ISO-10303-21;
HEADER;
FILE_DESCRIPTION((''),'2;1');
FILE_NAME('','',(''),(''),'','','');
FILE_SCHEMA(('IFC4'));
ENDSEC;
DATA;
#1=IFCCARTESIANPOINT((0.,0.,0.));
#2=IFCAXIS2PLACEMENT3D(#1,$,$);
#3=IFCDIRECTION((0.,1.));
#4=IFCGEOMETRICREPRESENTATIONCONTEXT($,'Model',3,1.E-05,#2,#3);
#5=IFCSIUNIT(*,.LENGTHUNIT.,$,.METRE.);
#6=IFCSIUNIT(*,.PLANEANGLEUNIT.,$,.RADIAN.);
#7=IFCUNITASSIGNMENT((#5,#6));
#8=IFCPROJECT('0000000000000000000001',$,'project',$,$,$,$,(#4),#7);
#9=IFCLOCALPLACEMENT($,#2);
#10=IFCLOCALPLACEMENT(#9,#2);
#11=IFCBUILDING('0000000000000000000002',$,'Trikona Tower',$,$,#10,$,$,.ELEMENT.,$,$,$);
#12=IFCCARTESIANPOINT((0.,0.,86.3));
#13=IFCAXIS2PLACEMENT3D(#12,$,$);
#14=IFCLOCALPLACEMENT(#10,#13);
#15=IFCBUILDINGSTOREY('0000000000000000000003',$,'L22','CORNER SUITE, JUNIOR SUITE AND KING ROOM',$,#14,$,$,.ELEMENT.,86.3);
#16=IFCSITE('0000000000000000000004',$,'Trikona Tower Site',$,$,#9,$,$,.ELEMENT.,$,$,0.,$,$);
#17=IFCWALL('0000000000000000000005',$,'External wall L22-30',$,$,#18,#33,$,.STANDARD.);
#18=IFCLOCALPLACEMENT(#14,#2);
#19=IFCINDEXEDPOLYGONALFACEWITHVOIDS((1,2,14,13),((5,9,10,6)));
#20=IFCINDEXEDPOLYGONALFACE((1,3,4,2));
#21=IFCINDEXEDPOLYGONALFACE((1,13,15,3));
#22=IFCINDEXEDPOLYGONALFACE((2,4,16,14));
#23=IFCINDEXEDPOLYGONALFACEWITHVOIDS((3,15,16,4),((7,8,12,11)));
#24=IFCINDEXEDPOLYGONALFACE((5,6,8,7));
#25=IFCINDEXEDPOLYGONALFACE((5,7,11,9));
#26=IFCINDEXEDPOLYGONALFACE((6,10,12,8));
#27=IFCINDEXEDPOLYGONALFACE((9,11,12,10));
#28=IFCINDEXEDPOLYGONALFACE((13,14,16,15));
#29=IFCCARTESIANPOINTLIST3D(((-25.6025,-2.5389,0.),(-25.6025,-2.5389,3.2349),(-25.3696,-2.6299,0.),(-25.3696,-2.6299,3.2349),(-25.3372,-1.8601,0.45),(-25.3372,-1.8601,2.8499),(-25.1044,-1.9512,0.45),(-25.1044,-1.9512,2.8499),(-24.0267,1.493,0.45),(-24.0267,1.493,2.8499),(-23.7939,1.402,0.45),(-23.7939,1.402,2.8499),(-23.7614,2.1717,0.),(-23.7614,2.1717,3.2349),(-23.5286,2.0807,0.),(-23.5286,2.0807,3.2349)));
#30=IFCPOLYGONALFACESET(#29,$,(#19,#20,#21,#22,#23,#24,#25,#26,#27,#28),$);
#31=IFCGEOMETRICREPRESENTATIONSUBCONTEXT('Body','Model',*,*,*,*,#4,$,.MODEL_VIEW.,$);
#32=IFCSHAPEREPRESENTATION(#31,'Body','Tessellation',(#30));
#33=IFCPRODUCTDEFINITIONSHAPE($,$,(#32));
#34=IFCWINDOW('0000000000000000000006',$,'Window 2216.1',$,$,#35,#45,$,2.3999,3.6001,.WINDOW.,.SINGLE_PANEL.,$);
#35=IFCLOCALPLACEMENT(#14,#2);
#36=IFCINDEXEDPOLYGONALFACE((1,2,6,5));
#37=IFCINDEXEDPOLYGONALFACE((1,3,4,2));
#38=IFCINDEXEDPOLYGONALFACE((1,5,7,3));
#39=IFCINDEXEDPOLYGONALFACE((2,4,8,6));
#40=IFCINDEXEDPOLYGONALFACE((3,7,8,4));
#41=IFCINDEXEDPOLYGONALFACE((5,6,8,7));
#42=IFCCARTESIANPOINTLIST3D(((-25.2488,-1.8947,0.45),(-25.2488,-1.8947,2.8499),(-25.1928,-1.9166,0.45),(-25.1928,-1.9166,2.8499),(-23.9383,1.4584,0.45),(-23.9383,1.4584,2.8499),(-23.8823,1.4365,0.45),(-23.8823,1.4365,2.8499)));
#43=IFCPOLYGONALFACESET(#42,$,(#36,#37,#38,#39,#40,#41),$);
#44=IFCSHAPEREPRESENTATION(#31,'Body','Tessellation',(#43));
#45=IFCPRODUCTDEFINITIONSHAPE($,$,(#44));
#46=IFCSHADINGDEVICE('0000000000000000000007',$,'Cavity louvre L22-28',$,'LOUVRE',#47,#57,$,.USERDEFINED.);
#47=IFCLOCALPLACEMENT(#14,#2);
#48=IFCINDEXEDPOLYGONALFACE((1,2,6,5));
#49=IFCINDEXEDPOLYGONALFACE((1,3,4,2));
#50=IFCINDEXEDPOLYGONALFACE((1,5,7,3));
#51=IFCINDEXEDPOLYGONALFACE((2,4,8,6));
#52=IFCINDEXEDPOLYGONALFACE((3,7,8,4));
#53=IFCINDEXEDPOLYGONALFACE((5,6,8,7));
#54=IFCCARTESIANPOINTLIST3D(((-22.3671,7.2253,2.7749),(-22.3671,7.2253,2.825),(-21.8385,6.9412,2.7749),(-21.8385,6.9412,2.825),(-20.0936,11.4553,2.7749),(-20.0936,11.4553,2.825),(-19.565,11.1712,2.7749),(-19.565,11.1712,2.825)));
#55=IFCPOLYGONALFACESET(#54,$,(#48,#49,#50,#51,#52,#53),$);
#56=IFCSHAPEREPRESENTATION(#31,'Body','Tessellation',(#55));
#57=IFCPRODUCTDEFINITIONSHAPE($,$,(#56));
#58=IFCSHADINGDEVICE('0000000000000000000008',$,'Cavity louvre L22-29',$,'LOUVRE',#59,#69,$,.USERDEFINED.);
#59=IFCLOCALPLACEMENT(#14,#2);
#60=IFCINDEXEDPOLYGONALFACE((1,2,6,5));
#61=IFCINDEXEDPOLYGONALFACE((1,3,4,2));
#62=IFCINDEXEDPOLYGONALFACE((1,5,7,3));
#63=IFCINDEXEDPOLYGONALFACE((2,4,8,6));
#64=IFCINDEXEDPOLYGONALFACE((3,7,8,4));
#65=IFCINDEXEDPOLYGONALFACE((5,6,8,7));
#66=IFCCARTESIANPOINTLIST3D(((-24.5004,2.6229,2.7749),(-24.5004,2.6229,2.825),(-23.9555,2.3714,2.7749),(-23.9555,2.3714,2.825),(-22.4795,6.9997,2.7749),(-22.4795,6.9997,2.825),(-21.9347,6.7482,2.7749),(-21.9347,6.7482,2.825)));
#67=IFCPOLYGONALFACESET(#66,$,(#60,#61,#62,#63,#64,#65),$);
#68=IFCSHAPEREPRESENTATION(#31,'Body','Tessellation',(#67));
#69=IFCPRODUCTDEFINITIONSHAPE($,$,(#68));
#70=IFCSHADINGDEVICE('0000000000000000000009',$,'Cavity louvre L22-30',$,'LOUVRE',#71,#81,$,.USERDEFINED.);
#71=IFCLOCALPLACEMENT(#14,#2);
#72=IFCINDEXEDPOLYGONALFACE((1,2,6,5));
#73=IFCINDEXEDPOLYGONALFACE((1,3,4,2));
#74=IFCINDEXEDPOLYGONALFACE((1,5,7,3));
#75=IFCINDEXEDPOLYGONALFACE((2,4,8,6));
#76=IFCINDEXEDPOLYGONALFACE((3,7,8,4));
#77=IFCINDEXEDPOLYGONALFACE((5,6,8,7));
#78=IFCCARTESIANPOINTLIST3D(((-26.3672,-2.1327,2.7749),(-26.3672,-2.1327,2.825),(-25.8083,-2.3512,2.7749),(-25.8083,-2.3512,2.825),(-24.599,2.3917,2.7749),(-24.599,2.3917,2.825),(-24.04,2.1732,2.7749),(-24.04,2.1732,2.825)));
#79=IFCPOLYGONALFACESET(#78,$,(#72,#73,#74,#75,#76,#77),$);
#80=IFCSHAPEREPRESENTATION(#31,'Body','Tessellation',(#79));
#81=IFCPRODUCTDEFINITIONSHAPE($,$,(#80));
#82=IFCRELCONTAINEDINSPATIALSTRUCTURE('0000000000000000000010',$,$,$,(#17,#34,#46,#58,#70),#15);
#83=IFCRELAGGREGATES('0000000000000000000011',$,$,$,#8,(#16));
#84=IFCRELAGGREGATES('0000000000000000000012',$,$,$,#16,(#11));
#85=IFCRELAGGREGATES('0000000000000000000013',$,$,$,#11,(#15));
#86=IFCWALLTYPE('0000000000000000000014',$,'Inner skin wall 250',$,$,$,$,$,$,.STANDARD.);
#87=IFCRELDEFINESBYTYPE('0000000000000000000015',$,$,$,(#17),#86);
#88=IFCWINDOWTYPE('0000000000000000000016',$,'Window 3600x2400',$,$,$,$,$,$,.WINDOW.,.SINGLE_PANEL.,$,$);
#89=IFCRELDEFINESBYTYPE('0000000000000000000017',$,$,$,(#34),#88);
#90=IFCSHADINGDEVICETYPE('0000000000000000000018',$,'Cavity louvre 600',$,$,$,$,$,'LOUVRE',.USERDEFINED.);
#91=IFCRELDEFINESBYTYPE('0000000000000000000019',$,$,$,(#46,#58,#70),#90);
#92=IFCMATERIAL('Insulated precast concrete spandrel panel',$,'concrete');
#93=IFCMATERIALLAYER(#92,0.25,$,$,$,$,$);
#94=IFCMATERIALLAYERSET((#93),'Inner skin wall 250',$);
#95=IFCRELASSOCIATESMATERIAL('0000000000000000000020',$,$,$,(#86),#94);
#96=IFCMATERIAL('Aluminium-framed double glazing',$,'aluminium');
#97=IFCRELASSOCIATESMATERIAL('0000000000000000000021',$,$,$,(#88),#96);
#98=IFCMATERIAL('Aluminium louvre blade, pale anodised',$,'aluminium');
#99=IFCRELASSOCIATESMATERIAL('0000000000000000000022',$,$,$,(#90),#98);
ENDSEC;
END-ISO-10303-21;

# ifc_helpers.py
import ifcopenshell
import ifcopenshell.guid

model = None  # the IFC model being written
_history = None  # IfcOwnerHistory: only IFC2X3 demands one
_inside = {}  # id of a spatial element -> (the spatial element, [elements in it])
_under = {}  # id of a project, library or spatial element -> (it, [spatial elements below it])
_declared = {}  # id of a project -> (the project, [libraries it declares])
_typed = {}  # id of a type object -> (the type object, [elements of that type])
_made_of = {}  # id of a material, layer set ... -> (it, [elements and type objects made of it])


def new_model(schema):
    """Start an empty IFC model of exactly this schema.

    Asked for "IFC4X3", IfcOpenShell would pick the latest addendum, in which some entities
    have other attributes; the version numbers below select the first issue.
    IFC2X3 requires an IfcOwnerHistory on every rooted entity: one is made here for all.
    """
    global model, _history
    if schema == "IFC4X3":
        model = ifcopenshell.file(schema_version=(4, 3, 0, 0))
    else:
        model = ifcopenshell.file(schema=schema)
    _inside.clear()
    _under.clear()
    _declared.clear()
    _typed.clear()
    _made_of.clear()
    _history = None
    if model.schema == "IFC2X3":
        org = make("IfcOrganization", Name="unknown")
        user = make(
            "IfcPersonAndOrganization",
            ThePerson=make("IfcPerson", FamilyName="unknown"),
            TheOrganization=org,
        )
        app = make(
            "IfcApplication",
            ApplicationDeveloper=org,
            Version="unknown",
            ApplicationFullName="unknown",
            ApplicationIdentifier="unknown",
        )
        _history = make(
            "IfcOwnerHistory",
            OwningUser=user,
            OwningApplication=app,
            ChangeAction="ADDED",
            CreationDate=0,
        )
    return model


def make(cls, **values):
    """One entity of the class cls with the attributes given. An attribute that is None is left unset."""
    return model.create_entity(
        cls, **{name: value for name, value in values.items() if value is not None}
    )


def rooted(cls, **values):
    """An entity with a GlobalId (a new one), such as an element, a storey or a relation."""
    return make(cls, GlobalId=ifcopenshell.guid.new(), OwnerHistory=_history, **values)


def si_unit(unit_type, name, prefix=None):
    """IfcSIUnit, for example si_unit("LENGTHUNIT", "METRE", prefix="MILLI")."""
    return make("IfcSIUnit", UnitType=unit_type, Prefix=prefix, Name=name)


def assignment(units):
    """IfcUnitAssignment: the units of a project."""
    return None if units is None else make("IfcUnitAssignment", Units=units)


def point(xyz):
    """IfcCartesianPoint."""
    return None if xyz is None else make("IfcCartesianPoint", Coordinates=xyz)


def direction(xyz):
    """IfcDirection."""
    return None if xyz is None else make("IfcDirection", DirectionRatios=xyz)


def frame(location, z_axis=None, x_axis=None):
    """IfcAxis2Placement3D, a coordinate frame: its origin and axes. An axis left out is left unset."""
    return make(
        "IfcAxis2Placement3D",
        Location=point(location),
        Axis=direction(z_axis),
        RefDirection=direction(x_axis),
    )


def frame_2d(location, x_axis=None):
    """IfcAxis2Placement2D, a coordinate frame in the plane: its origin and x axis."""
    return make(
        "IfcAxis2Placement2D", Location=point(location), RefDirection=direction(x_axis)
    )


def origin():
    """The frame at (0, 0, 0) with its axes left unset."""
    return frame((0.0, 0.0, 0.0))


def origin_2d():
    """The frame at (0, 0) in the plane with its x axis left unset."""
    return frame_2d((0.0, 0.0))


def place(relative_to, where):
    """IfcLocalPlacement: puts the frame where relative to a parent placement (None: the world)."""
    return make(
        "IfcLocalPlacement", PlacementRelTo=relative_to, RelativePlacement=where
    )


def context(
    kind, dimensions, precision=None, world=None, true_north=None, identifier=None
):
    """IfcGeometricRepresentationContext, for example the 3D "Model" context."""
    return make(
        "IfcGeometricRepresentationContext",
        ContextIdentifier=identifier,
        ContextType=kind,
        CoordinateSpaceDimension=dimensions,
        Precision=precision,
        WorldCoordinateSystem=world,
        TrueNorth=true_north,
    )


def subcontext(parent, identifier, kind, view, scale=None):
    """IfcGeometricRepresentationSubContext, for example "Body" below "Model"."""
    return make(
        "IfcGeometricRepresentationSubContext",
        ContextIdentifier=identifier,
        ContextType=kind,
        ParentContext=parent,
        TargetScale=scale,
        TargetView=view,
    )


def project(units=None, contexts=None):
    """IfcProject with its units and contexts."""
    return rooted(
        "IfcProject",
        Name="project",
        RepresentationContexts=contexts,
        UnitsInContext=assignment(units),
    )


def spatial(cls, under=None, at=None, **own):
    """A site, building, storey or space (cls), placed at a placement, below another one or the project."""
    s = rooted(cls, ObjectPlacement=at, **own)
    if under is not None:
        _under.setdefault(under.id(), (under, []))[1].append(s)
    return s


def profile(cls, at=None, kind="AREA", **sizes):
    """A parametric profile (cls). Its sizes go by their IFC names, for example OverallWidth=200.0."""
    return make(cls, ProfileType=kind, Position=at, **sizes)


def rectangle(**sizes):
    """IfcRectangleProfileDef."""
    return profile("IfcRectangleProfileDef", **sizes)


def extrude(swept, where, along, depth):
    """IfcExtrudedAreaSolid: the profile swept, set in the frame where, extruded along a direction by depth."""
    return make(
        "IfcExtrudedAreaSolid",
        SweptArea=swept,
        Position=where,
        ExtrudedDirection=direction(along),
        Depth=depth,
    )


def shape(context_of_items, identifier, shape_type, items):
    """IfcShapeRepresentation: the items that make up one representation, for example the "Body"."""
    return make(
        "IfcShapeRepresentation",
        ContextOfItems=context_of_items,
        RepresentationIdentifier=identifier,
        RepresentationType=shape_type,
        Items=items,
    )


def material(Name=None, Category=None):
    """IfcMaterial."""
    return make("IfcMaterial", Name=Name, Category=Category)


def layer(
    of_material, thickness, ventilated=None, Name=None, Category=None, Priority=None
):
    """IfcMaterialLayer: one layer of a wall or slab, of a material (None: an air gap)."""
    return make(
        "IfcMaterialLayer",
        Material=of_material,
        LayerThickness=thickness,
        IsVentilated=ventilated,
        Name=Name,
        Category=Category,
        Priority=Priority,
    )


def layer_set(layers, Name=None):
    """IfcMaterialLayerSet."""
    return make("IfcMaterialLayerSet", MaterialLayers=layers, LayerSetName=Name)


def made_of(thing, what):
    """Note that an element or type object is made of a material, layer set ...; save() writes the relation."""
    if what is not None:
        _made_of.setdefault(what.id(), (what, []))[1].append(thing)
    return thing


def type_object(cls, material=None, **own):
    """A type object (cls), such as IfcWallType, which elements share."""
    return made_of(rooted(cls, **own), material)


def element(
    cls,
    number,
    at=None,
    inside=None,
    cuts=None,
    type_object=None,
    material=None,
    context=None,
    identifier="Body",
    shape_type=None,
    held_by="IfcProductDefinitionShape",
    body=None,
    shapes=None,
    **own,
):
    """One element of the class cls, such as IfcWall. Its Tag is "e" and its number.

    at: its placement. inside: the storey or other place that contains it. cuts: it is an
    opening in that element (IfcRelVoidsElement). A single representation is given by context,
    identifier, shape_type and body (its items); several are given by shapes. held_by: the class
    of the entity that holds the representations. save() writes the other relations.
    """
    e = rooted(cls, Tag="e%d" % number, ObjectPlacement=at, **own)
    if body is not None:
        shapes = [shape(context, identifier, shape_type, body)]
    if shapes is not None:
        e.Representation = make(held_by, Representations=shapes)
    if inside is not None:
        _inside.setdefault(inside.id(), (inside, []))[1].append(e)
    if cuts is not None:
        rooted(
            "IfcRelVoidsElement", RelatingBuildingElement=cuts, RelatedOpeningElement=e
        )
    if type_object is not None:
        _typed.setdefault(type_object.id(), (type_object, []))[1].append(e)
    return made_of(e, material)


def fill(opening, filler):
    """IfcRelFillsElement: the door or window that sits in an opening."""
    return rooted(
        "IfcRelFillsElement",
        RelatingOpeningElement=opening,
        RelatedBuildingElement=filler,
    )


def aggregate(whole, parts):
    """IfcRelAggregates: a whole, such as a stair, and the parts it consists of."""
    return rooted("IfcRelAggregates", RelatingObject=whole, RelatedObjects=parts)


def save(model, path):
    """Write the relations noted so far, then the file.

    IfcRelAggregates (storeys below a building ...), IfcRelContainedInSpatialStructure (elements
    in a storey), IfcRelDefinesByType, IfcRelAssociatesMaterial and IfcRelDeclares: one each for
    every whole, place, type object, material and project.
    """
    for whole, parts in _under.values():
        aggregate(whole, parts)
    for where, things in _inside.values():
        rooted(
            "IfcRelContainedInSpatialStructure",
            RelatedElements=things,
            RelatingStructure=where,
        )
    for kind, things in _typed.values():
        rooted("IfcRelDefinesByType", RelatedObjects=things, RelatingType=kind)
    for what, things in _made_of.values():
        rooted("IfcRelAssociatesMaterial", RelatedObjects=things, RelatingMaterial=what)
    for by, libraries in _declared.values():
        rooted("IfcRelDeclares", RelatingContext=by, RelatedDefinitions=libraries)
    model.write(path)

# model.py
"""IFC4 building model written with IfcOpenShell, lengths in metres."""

from ifc_helpers import new_model, si_unit, direction, frame, frame_2d, origin, origin_2d, place, context, subcontext, project, spatial, rectangle, extrude, material, layer, layer_set, type_object, element, fill, save


model = new_model("IFC4")

# Units and contexts
model_context = context("Model", 3, precision=1e-05, world=origin(), true_north=direction((0.0, 1.0)))
body_context = subcontext(model_context, "Body", "Model", "MODEL_VIEW")
ifc_project = project(units=[si_unit("LENGTHUNIT", "METRE"), si_unit("PLANEANGLEUNIT", "RADIAN")], contexts=[model_context])

# Site, building, storey
site_placement = place(None, origin())
site = spatial("IfcSite", under=ifc_project, at=site_placement, Name="Trikona Tower Site", CompositionType="ELEMENT", RefElevation=0.0)
building_placement = place(site_placement, origin())
building = spatial("IfcBuilding", under=site, at=building_placement, Name="Trikona Tower", CompositionType="ELEMENT")
storey_placement = place(building_placement, frame((0.0, 0.0, 86.3)))
storey = spatial("IfcBuildingStorey", under=building, at=storey_placement, Name="L22", Description="CORNER SUITE, JUNIOR SUITE AND KING ROOM", CompositionType="ELEMENT", Elevation=86.3)

# Wall, opening, window
ifc_material_1 = material(Name="Insulated precast concrete spandrel panel", Category="concrete")
ifc_layer_1 = layer(ifc_material_1, 0.25)
ifc_layer_set_1 = layer_set([ifc_layer_1], Name="Inner skin wall 250")
wall_type = type_object("IfcWallType", Name="Inner skin wall 250", PredefinedType="STANDARD", material=ifc_layer_set_1)
ifc_material_2 = material(Name="Aluminium-framed double glazing", Category="aluminium")
window_type = type_object("IfcWindowType", Name="Window 3600x2400", PartitioningType="SINGLE_PANEL", PredefinedType="WINDOW", material=ifc_material_2)
wall_1_placement = place(storey_placement, frame((-23.645, 2.1262, 0.0), z_axis=(0.0, 0.0, 1.0), x_axis=(-0.364013, -0.931394, 0.0)))
wall_1 = element("IfcWall", 1, at=wall_1_placement, inside=storey, type_object=wall_type, Name="External wall L22-30", PredefinedType="STANDARD", context=body_context, shape_type="SweptSolid", body=[
    extrude(rectangle(XDim=5.0576, YDim=0.25, at=frame_2d((2.5288, 0.0))), origin(), (0.0, 0.0, 1.0), 3.2349),
])
opening_1_placement = place(wall_1_placement, frame((0.7288, 0.0, 0.45)))
opening_1 = element("IfcOpeningElement", 2, at=opening_1_placement, cuts=wall_1, PredefinedType="OPENING", context=body_context, shape_type="SweptSolid", body=[
    extrude(rectangle(XDim=3.6001, YDim=2.3999, at=frame_2d((1.8, 1.2))), frame((0.0, 0.135, 0.0), z_axis=(0.0, -1.0, 0.0), x_axis=(1.0, 0.0, 0.0)), (0.0, 0.0, 1.0), 0.27),
])
window_1_placement = place(opening_1_placement, origin())
window_1 = element("IfcWindow", 3, at=window_1_placement, inside=storey, type_object=window_type, Name="Window 2216.1", OverallHeight=2.3999, OverallWidth=3.6001, PartitioningType="SINGLE_PANEL", PredefinedType="WINDOW", context=body_context, shape_type="SweptSolid", body=[
    extrude(rectangle(XDim=3.6001, YDim=2.3999, at=frame_2d((1.8, 1.2))), frame((0.0, 0.03, 0.0), z_axis=(0.0, -1.0, 0.0), x_axis=(1.0, 0.0, 0.0)), (0.0, 0.0, 1.0), 0.0601),
])
fill(opening_1, window_1)

# Shading devices
ifc_material_3 = material(Name="Aluminium louvre blade, pale anodised", Category="aluminium")
shading_device_type = type_object("IfcShadingDeviceType", Name="Cavity louvre 600", ElementType="LOUVRE", PredefinedType="USERDEFINED", material=ifc_material_3)
shading_device_1_placement = place(storey_placement, frame((-20.9661, 9.1982, 2.7749), z_axis=(0.0, 0.0, 1.0), x_axis=(-0.473423, -0.880835, 0.0)))
element("IfcShadingDevice", 4, at=shading_device_1_placement, inside=storey, type_object=shading_device_type, Name="Cavity louvre L22-28", ObjectType="LOUVRE", PredefinedType="USERDEFINED", context=body_context, shape_type="SweptSolid", body=[
    extrude(rectangle(XDim=4.8022, YDim=0.6001, at=origin_2d()), origin(), (0.0, 0.0, 1.0), 0.05),
])
shading_device_2_placement = place(storey_placement, frame((-23.2175, 4.6855, 2.7749), z_axis=(0.0, 0.0, 1.0), x_axis=(-0.419194, -0.907897, 0.0)))
element("IfcShadingDevice", 5, at=shading_device_2_placement, inside=storey, type_object=shading_device_type, Name="Cavity louvre L22-29", ObjectType="LOUVRE", PredefinedType="USERDEFINED", context=body_context, shape_type="SweptSolid", body=[
    extrude(rectangle(XDim=4.8208, YDim=0.6001, at=origin_2d()), origin(), (0.0, 0.0, 1.0), 0.05),
])
shading_device_3_placement = place(storey_placement, frame((-25.2036, 0.0203, 2.7749), z_axis=(0.0, 0.0, 1.0), x_axis=(-0.364009, -0.931395, 0.0)))
element("IfcShadingDevice", 6, at=shading_device_3_placement, inside=storey, type_object=shading_device_type, Name="Cavity louvre L22-30", ObjectType="LOUVRE", PredefinedType="USERDEFINED", context=body_context, shape_type="SweptSolid", body=[
    extrude(rectangle(XDim=4.8577, YDim=0.6001, at=origin_2d()), origin(), (0.0, 0.0, 1.0), 0.05),
])

save(model, "model.ifc")
